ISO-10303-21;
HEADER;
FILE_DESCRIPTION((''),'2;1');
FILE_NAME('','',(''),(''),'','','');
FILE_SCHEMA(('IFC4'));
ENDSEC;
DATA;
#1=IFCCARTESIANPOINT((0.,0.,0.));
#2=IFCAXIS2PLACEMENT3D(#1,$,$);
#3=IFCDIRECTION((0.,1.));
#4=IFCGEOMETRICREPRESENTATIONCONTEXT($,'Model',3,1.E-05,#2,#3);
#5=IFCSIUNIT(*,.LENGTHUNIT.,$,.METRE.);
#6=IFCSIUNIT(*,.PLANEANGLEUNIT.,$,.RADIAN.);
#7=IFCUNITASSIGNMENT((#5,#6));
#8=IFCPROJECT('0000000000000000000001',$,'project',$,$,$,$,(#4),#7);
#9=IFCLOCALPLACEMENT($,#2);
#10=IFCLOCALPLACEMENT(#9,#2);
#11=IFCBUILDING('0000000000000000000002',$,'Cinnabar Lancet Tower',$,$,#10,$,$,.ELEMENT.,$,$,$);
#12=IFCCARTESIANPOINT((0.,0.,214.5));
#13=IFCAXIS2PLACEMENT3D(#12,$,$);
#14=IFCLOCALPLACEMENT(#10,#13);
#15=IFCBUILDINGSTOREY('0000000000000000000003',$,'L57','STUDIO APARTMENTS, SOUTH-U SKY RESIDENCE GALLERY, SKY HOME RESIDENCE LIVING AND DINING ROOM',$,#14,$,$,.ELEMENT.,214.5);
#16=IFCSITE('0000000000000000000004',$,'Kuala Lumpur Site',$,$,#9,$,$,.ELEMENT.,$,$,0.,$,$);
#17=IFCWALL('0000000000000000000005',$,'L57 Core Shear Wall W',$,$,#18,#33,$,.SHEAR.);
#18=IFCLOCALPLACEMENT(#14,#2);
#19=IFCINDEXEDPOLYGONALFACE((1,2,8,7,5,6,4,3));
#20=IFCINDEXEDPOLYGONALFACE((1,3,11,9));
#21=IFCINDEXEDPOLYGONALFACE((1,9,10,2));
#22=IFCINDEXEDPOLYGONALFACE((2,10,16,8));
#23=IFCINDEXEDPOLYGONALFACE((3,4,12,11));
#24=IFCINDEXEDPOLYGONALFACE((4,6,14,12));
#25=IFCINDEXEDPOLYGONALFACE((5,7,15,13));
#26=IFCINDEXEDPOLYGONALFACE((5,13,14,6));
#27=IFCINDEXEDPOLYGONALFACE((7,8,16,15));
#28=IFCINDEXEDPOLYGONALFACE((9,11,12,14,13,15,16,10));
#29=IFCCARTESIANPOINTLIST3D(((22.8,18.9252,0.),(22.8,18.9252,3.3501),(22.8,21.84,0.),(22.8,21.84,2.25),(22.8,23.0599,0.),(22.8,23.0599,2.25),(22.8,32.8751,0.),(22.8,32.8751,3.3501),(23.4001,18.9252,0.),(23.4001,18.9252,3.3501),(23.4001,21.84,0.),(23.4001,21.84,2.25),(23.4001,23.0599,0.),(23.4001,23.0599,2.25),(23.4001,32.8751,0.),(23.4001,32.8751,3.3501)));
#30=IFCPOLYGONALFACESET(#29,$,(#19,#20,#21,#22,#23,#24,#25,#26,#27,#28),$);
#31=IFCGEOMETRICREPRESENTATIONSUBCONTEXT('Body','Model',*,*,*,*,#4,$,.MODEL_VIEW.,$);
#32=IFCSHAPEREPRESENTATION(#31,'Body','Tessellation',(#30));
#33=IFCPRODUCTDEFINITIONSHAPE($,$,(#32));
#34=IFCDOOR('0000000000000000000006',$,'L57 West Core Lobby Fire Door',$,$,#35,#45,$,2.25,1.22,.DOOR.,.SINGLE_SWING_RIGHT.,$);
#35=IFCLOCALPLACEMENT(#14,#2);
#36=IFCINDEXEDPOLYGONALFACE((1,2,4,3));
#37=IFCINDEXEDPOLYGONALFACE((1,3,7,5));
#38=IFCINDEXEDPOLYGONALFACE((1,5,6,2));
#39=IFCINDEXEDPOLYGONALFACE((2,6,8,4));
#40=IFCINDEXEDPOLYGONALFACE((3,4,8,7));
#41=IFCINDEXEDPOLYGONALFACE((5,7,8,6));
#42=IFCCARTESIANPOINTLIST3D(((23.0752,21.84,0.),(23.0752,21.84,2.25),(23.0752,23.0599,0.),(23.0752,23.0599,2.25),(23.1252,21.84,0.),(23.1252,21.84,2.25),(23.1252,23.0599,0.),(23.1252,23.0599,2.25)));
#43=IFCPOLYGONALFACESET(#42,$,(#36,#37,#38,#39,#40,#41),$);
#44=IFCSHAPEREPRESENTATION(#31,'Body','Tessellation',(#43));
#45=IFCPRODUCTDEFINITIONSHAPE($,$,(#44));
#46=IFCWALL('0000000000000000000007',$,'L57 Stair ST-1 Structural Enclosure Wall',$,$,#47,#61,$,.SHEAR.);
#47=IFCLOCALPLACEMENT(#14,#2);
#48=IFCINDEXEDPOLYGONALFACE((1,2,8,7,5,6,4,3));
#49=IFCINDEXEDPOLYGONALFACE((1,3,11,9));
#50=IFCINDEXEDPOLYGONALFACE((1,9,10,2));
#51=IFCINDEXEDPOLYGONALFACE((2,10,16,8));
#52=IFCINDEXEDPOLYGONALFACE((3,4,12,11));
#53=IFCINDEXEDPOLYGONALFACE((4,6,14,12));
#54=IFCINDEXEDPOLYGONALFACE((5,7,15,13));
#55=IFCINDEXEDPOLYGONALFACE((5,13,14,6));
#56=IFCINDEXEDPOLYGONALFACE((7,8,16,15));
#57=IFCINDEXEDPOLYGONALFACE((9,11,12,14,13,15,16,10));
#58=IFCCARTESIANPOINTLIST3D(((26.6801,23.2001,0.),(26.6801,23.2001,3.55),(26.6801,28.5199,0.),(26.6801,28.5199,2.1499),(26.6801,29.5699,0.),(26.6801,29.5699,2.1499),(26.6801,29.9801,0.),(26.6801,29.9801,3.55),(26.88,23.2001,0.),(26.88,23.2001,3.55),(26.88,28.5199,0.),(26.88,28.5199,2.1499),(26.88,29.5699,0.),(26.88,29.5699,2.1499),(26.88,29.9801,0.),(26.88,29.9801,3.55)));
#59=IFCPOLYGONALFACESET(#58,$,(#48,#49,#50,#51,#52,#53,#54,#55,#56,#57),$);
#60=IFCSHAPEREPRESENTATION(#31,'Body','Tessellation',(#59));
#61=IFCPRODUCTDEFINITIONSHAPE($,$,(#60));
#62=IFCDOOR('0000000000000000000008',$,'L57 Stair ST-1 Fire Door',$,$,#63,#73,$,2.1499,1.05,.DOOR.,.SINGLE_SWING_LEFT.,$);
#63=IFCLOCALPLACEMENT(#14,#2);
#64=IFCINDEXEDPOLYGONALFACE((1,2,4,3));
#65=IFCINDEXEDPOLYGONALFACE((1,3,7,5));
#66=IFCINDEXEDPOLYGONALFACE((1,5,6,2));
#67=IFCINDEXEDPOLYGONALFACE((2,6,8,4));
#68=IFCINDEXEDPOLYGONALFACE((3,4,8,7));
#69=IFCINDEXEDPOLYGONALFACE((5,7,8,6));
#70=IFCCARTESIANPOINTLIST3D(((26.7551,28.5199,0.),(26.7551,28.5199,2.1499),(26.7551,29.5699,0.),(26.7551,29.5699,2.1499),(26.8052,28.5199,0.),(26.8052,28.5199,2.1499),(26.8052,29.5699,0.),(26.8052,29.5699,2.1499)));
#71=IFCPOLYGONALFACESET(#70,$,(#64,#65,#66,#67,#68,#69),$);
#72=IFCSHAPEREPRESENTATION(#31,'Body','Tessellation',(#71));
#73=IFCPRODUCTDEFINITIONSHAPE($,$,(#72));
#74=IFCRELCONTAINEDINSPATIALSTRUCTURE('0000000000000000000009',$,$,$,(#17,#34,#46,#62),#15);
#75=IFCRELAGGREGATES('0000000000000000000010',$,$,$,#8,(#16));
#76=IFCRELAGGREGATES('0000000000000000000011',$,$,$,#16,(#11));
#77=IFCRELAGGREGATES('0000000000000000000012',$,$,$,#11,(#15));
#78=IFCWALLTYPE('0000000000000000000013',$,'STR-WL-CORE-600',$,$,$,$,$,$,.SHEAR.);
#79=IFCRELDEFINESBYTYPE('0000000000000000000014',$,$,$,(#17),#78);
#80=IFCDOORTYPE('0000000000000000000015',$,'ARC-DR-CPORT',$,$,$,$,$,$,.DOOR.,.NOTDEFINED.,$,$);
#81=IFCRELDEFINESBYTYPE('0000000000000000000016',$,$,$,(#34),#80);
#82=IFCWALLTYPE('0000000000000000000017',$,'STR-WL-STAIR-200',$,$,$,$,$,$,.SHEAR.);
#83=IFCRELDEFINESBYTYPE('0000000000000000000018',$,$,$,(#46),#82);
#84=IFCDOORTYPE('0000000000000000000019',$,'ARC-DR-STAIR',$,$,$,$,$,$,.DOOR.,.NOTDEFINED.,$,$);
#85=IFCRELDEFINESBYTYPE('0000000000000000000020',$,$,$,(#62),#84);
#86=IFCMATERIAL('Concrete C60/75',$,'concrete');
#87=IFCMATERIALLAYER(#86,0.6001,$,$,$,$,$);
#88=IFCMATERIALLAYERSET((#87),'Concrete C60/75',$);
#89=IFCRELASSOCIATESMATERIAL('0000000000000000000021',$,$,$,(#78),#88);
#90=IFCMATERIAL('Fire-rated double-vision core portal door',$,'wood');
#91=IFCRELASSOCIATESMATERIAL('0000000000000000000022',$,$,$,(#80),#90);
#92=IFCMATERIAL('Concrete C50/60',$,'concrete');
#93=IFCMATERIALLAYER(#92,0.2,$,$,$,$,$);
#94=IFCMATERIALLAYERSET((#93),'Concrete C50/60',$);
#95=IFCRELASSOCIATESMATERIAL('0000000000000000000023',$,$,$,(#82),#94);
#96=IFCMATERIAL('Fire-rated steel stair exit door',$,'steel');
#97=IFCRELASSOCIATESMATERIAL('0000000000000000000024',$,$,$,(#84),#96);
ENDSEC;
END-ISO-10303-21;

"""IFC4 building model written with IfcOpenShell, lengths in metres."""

from ifc_helpers import new_model, si_unit, direction, frame, frame_2d, origin, place, context, subcontext, project, spatial, rectangle, extrude, material, layer, layer_set, type_object, element, fill, save


model = new_model("IFC4")

# Units and contexts
model_context = context("Model", 3, precision=1e-05, world=origin(), true_north=direction((0.0, 1.0)))
body_context = subcontext(model_context, "Body", "Model", "MODEL_VIEW")
ifc_project = project(units=[si_unit("LENGTHUNIT", "METRE"), si_unit("PLANEANGLEUNIT", "RADIAN")], contexts=[model_context])

# Site, building, storey
site_placement = place(None, origin())
site = spatial("IfcSite", under=ifc_project, at=site_placement, Name="Kuala Lumpur Site", CompositionType="ELEMENT", RefElevation=0.0)
building_placement = place(site_placement, origin())
building = spatial("IfcBuilding", under=site, at=building_placement, Name="Cinnabar Lancet Tower", CompositionType="ELEMENT")
storey_placement = place(building_placement, frame((0.0, 0.0, 214.5)))
storey = spatial("IfcBuildingStorey", under=building, at=storey_placement, Name="L57", Description="STUDIO APARTMENTS, SOUTH-U SKY RESIDENCE GALLERY, SKY HOME RESIDENCE LIVING AND DINING ROOM", CompositionType="ELEMENT", Elevation=214.5)

# Shared definitions
ifc_material_1 = material(Name="Concrete C60/75", Category="concrete")
ifc_layer_1 = layer(ifc_material_1, 0.6001)
ifc_layer_set_1 = layer_set([ifc_layer_1], Name="Concrete C60/75")
wall_type_1 = type_object("IfcWallType", Name="STR-WL-CORE-600", PredefinedType="SHEAR", material=ifc_layer_set_1)

# Walls, openings, doors
wall_1_placement = place(storey_placement, frame((23.1001, 18.925, 0.0), z_axis=(0.0, 0.0, 1.0), x_axis=(0.0, 1.0, 0.0)))
wall_1 = element("IfcWall", 1, at=wall_1_placement, inside=storey, type_object=wall_type_1, Name="L57 Core Shear Wall W", PredefinedType="SHEAR", context=body_context, shape_type="SweptSolid", body=[
    extrude(rectangle(XDim=13.95, YDim=0.6001, at=frame_2d((6.9751, 0.0))), origin(), (0.0, 0.0, 1.0), 3.3501),
])
opening_1_placement = place(wall_1_placement, frame((2.915, 0.0, 0.0)))
opening_1 = element("IfcOpeningElement", 2, at=opening_1_placement, cuts=wall_1, PredefinedType="OPENING", context=body_context, shape_type="SweptSolid", body=[
    extrude(rectangle(XDim=1.22, YDim=2.25, at=frame_2d((0.6099, 1.125))), frame((0.0, 0.3101, 0.0), z_axis=(0.0, -1.0, 0.0), x_axis=(1.0, 0.0, 0.0)), (0.0, 0.0, 1.0), 0.6201),
])
ifc_material_2 = material(Name="Fire-rated double-vision core portal door", Category="wood")
door_type_1 = type_object("IfcDoorType", Name="ARC-DR-CPORT", OperationType="NOTDEFINED", PredefinedType="DOOR", material=ifc_material_2)
door_1_placement = place(opening_1_placement, origin())
door_1 = element("IfcDoor", 3, at=door_1_placement, inside=storey, type_object=door_type_1, Name="L57 West Core Lobby Fire Door", OperationType="SINGLE_SWING_RIGHT", OverallHeight=2.25, OverallWidth=1.22, PredefinedType="DOOR", context=body_context, shape_type="SweptSolid", body=[
    extrude(rectangle(XDim=1.22, YDim=2.25, at=frame_2d((0.6099, 1.125))), frame((0.0, 0.0249, 0.0), z_axis=(0.0, -1.0, 0.0), x_axis=(1.0, 0.0, 0.0)), (0.0, 0.0, 1.0), 0.05),
])
fill(opening_1, door_1)
ifc_material_3 = material(Name="Concrete C50/60", Category="concrete")
ifc_layer_2 = layer(ifc_material_3, 0.2)
ifc_layer_set_2 = layer_set([ifc_layer_2], Name="Concrete C50/60")
wall_type_2 = type_object("IfcWallType", Name="STR-WL-STAIR-200", PredefinedType="SHEAR", material=ifc_layer_set_2)
wall_2_placement = place(storey_placement, frame((26.78, 23.2, 0.0), z_axis=(0.0, 0.0, 1.0), x_axis=(0.0, 1.0, 0.0)))
wall_2 = element("IfcWall", 4, at=wall_2_placement, inside=storey, type_object=wall_type_2, Name="L57 Stair ST-1 Structural Enclosure Wall", PredefinedType="SHEAR", context=body_context, shape_type="SweptSolid", body=[
    extrude(rectangle(XDim=6.78, YDim=0.2, at=frame_2d((3.3901, 0.0))), origin(), (0.0, 0.0, 1.0), 3.55),
])
opening_2_placement = place(wall_2_placement, frame((5.3201, 0.0, 0.0)))
opening_2 = element("IfcOpeningElement", 5, at=opening_2_placement, cuts=wall_2, PredefinedType="OPENING", context=body_context, shape_type="SweptSolid", body=[
    extrude(rectangle(XDim=1.05, YDim=2.1499, at=frame_2d((0.5249, 1.075))), frame((0.0, 0.1099, 0.0), z_axis=(0.0, -1.0, 0.0), x_axis=(1.0, 0.0, 0.0)), (0.0, 0.0, 1.0), 0.22),
])
ifc_material_4 = material(Name="Fire-rated steel stair exit door", Category="steel")
door_type_2 = type_object("IfcDoorType", Name="ARC-DR-STAIR", OperationType="NOTDEFINED", PredefinedType="DOOR", material=ifc_material_4)
door_2_placement = place(opening_2_placement, origin())
door_2 = element("IfcDoor", 6, at=door_2_placement, inside=storey, type_object=door_type_2, Name="L57 Stair ST-1 Fire Door", OperationType="SINGLE_SWING_LEFT", OverallHeight=2.1499, OverallWidth=1.05, PredefinedType="DOOR", context=body_context, shape_type="SweptSolid", body=[
    extrude(rectangle(XDim=1.05, YDim=2.1499, at=frame_2d((0.5249, 1.075))), frame((0.0, 0.0249, 0.0), z_axis=(0.0, -1.0, 0.0), x_axis=(1.0, 0.0, 0.0)), (0.0, 0.0, 1.0), 0.05),
])
fill(opening_2, door_2)

save(model, "model.ifc")
